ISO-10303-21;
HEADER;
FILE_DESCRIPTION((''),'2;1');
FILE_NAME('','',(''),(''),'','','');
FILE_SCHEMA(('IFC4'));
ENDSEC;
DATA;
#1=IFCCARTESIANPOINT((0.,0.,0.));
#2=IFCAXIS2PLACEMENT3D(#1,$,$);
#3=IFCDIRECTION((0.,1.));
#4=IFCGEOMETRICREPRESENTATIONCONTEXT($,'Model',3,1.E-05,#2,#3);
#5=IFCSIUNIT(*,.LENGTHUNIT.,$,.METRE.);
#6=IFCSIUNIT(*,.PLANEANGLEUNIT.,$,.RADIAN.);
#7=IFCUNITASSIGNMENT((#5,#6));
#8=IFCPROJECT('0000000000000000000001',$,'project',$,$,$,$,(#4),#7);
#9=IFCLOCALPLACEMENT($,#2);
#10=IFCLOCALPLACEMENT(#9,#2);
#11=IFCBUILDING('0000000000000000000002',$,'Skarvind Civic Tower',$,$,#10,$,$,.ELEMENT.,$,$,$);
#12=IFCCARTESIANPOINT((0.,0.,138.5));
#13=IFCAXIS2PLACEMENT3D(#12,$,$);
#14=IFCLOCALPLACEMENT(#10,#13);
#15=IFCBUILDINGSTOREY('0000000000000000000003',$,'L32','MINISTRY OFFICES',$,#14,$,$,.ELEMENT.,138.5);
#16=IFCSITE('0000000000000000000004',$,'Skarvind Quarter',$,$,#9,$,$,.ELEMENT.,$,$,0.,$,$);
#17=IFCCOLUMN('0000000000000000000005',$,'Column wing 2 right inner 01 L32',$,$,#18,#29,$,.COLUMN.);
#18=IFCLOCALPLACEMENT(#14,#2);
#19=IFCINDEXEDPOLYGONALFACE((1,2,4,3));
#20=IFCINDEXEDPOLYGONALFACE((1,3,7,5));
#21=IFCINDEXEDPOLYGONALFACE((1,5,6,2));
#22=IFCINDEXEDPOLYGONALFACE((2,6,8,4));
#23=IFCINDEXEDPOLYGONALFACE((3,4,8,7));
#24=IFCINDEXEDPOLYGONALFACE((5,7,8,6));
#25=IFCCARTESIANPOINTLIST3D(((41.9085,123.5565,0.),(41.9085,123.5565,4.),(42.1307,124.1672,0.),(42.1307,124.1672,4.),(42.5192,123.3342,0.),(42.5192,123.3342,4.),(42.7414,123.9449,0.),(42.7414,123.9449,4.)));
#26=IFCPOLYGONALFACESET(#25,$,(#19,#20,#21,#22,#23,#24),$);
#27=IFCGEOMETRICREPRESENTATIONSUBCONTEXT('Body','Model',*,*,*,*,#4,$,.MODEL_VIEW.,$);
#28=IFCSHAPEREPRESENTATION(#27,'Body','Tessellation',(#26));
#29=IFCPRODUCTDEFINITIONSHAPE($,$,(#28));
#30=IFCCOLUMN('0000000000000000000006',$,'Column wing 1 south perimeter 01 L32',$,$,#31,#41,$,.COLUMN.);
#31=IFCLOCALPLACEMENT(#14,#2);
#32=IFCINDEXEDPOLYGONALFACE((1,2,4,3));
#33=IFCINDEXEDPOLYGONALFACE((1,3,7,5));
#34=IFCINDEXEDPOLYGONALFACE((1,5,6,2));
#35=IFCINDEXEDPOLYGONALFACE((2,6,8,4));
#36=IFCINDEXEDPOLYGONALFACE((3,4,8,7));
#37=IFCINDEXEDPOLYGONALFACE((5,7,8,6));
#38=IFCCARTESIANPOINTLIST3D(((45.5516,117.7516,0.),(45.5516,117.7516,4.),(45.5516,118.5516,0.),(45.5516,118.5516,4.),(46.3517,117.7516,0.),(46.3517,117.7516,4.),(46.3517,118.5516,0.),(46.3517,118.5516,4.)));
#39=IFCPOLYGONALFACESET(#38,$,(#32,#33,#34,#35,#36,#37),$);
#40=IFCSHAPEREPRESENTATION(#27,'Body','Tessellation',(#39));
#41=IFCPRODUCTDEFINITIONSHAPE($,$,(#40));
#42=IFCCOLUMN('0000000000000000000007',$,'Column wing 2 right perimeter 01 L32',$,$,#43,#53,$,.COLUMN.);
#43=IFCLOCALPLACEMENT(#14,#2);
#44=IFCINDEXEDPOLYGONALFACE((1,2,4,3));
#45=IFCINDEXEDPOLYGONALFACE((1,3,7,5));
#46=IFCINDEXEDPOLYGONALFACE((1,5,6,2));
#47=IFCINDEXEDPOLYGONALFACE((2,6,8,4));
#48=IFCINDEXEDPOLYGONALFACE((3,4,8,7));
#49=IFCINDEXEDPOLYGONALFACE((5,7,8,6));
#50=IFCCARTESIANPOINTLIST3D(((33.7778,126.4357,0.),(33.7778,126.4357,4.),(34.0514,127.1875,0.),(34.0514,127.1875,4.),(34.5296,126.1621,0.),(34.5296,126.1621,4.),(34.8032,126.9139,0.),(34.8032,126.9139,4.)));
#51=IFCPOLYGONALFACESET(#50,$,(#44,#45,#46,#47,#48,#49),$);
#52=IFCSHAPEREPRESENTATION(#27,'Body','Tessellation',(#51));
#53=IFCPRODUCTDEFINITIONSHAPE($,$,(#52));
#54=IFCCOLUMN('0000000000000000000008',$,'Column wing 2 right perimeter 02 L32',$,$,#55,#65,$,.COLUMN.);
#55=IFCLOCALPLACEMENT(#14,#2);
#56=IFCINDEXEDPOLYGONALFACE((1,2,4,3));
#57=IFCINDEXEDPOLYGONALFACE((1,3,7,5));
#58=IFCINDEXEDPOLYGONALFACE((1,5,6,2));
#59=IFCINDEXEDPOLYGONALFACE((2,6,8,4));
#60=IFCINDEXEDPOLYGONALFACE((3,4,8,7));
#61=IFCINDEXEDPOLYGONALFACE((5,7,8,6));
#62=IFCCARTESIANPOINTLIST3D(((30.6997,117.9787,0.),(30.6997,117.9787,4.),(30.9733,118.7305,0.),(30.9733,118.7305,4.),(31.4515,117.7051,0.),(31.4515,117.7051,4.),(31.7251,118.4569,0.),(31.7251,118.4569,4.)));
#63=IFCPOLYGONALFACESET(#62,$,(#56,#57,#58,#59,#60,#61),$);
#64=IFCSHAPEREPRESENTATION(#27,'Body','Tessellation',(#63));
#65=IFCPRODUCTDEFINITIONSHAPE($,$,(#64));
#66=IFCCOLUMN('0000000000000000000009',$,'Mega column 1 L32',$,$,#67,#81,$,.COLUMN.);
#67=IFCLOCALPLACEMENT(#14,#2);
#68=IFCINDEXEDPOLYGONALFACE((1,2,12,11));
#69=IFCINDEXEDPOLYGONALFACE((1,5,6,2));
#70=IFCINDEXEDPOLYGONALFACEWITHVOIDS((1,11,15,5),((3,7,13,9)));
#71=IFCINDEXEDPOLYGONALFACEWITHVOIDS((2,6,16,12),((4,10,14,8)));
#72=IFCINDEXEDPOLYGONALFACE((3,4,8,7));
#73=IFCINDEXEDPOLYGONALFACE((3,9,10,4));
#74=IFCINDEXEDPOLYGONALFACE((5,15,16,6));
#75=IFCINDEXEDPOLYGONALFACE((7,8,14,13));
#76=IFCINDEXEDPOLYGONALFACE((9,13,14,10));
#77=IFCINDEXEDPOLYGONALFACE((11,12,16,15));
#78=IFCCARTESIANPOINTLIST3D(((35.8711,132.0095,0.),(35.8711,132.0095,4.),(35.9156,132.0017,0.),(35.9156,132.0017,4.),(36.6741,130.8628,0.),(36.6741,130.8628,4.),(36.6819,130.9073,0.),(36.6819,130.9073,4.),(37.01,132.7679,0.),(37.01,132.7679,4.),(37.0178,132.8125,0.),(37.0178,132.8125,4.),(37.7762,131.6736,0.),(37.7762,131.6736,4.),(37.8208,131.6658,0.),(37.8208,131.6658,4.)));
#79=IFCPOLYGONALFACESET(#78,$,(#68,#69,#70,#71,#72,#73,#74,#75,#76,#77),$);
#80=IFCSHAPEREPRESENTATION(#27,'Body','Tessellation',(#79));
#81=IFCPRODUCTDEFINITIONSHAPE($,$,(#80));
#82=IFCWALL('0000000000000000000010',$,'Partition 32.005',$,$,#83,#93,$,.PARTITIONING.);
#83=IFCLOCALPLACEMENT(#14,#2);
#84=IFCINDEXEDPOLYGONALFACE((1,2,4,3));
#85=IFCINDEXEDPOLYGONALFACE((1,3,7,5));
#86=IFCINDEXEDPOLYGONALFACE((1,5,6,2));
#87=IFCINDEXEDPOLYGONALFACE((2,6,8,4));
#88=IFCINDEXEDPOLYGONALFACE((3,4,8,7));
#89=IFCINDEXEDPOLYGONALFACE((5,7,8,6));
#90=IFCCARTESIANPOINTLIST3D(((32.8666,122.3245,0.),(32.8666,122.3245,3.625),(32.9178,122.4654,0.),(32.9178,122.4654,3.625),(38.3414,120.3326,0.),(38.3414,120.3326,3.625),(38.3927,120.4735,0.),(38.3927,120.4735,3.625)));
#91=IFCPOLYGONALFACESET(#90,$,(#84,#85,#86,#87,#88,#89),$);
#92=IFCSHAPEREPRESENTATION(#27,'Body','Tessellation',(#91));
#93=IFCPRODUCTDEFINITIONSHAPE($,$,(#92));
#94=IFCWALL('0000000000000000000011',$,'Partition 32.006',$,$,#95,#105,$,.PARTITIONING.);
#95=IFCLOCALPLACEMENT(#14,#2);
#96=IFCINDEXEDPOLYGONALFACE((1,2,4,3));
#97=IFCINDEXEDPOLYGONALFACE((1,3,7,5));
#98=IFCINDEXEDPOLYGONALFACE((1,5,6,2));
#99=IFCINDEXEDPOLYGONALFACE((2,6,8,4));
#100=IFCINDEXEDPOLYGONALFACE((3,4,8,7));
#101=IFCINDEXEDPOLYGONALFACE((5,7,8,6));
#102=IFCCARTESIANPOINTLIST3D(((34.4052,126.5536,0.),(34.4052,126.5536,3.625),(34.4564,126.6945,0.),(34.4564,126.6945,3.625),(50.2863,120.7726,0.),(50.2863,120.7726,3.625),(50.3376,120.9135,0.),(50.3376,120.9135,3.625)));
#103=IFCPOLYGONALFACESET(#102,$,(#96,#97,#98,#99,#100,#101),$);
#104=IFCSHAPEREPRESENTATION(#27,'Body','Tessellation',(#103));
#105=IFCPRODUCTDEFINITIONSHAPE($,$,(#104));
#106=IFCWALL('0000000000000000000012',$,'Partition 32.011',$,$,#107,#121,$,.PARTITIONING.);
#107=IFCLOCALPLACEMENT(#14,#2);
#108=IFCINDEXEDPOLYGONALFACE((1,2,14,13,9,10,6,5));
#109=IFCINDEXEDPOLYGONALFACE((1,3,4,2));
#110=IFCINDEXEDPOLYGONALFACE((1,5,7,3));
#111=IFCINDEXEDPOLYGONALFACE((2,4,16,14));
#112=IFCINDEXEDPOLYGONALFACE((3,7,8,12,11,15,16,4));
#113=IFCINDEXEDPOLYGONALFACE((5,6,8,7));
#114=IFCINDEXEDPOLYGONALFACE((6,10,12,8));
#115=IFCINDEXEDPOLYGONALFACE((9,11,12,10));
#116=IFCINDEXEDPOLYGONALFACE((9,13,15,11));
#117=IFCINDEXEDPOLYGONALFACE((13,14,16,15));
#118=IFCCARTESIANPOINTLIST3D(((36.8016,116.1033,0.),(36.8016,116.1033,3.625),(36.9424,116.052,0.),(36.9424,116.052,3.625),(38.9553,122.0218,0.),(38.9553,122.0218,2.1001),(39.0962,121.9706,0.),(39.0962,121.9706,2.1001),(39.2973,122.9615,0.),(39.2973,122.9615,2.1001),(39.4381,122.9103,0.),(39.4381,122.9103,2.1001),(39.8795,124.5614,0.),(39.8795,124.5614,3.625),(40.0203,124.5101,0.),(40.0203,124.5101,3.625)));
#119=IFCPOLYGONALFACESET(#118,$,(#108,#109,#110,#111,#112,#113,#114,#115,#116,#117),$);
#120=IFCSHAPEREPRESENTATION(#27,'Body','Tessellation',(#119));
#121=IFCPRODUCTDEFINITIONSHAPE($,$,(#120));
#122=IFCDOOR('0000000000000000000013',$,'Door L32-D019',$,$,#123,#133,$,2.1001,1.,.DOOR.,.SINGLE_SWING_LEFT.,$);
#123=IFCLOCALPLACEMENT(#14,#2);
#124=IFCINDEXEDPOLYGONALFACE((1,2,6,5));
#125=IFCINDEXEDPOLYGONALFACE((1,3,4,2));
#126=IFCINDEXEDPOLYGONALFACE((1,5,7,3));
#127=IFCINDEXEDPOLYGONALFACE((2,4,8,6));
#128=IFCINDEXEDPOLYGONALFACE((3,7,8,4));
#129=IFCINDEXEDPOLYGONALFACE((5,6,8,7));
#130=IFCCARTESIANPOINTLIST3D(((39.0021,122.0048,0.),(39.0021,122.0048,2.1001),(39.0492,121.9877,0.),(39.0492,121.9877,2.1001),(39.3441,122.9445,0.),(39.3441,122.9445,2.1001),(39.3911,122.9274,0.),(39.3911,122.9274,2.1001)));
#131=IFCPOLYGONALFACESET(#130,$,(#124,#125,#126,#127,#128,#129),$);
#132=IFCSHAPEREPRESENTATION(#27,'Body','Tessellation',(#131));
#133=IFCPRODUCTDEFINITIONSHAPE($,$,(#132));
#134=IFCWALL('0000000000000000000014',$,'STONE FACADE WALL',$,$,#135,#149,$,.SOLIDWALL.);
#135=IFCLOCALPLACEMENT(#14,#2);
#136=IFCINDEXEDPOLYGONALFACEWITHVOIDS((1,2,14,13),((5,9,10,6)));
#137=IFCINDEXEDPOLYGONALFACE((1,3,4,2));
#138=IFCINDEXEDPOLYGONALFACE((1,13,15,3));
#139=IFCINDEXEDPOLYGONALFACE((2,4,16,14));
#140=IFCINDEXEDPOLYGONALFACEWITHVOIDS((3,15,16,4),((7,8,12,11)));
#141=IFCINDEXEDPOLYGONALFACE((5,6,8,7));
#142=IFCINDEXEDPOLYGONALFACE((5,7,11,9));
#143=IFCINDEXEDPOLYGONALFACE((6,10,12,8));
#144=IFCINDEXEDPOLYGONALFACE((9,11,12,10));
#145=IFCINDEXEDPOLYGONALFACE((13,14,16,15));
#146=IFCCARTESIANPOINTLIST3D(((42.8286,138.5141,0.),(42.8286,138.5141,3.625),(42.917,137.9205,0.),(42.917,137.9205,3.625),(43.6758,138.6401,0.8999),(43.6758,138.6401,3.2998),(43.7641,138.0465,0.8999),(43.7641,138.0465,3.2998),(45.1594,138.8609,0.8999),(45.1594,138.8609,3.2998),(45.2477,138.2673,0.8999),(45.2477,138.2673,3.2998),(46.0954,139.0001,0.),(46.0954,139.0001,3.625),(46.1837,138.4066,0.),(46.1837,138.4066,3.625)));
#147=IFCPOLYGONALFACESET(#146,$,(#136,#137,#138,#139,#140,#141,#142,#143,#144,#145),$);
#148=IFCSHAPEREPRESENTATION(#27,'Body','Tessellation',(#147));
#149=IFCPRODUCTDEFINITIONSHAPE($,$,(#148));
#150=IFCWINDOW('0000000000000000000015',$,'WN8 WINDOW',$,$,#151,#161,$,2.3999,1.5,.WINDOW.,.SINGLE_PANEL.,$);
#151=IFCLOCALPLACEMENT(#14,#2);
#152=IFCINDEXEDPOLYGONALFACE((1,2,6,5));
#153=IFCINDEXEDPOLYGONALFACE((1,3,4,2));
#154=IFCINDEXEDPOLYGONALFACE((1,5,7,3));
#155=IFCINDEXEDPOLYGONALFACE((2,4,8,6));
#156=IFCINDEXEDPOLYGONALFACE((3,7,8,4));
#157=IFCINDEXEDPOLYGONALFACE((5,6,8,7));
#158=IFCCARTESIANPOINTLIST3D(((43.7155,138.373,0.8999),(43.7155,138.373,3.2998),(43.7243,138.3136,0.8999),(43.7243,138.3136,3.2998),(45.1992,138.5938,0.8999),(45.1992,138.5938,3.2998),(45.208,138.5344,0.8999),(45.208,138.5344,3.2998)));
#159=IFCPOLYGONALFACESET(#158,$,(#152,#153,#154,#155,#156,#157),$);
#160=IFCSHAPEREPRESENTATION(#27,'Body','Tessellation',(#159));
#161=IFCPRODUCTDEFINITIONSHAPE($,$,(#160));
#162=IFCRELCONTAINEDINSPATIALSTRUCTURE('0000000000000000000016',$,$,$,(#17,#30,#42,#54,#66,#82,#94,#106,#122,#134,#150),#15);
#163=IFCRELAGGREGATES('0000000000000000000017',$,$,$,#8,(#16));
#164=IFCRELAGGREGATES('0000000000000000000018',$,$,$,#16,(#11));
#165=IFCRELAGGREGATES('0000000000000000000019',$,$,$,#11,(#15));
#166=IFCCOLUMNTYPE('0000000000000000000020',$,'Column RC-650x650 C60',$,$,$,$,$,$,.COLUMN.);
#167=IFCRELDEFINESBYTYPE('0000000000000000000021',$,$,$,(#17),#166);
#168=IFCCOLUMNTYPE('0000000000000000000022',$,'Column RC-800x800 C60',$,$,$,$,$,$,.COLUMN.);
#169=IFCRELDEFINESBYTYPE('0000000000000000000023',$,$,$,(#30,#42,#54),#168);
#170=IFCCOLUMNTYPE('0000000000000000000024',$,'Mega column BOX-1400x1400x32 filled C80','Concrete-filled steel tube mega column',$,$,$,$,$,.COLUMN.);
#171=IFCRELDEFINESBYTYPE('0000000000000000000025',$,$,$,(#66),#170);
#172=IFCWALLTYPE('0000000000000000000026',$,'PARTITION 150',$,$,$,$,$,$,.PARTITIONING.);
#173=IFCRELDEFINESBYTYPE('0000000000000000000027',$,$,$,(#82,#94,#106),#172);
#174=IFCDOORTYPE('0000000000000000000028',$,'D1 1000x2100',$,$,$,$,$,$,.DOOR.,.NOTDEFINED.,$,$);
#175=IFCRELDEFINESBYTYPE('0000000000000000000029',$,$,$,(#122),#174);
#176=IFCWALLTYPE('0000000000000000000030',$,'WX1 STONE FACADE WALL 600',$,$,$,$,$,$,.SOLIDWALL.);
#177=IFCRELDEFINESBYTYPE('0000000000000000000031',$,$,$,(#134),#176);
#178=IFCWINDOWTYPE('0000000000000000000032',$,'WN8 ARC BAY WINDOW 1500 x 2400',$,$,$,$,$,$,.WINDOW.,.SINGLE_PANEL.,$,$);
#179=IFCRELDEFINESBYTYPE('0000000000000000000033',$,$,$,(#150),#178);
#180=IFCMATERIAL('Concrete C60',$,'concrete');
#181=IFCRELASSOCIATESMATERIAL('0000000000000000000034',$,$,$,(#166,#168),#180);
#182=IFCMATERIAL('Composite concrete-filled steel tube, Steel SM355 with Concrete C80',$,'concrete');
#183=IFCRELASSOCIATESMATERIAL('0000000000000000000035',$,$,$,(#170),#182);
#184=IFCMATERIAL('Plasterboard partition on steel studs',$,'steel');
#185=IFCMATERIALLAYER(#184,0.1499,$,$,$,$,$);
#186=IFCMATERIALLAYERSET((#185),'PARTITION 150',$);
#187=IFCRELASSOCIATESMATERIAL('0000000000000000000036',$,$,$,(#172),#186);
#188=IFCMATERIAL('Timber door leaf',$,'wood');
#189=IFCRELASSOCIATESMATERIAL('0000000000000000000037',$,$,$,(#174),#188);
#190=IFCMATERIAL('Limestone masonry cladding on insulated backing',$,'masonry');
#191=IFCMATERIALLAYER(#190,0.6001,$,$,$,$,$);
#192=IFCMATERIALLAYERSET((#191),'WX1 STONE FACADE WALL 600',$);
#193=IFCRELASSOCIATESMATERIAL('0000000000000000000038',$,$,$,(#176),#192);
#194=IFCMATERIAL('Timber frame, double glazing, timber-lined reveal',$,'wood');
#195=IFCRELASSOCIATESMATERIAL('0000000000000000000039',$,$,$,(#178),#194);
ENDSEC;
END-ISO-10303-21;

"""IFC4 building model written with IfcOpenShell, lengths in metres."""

from ifc_helpers import new_model, si_unit, direction, frame, frame_2d, origin, origin_2d, place, context, subcontext, project, spatial, rectangle, hollow_rectangle, extrude, material, layer, layer_set, material_profile, profile_set, type_object, element, fill, save


model = new_model("IFC4")

# Units and contexts
model_context = context("Model", 3, precision=1e-05, world=origin(), true_north=direction((0.0, 1.0)))
body_context = subcontext(model_context, "Body", "Model", "MODEL_VIEW")
ifc_project = project(units=[si_unit("LENGTHUNIT", "METRE"), si_unit("PLANEANGLEUNIT", "RADIAN")], contexts=[model_context])

# Site, building, storey
site_placement = place(None, origin())
site = spatial("IfcSite", under=ifc_project, at=site_placement, Name="Skarvind Quarter", CompositionType="ELEMENT", RefElevation=0.0)
building_placement = place(site_placement, origin())
building = spatial("IfcBuilding", under=site, at=building_placement, Name="Skarvind Civic Tower", CompositionType="ELEMENT")
storey_placement = place(building_placement, frame((0.0, 0.0, 138.5)))
storey = spatial("IfcBuildingStorey", under=building, at=storey_placement, Name="L32", Description="MINISTRY OFFICES", CompositionType="ELEMENT", Elevation=138.5)

# Columns
ifc_material_1 = material(Name="Concrete C60", Category="concrete")
ifc_material_profile_1 = material_profile(ifc_material_1, rectangle(XDim=0.6499, YDim=0.6499, at=origin_2d()), Name="RC-650x650")
ifc_profile_set_1 = profile_set([ifc_material_profile_1], Name="Concrete C60")
column_type_1 = type_object("IfcColumnType", Name="Column RC-650x650 C60", PredefinedType="COLUMN", material=ifc_profile_set_1)
column_1_placement = place(storey_placement, frame((42.325, 123.7507, 0.0), z_axis=(0.0, 0.0, 1.0), x_axis=(-0.34202, -0.939693, 0.0)))
element("IfcColumn", 1, at=column_1_placement, inside=storey, type_object=column_type_1, Name="Column wing 2 right inner 01 L32", PredefinedType="COLUMN", context=body_context, shape_type="SweptSolid", body=[
    extrude(rectangle(XDim=0.6499, YDim=0.6499, at=origin_2d()), origin(), (0.0, 0.0, 1.0), 4.0),
])
ifc_material_profile_2 = material_profile(ifc_material_1, rectangle(XDim=0.8, YDim=0.8, at=origin_2d()), Name="RC-800x800")
ifc_profile_set_2 = profile_set([ifc_material_profile_2], Name="Concrete C60")
column_type_2 = type_object("IfcColumnType", Name="Column RC-800x800 C60", PredefinedType="COLUMN", material=ifc_profile_set_2)
for number, where, z_axis, x_axis, name in (
    (2, (45.9517, 118.1516, 0.0), (0.0, 0.0, 1.0), (1.0, 0.0, 0.0), "Column wing 1 south perimeter 01 L32"),
    (3, (34.2905, 126.6748, 0.0), (0.0, 0.0, 1.0), (-0.34202, -0.939693, 0.0), "Column wing 2 right perimeter 01 L32"),
    (4, (31.2124, 118.2178, 0.0), (0.0, 0.0, 1.0), (-0.34202, -0.939693, 0.0), "Column wing 2 right perimeter 02 L32"),
):
    element("IfcColumn", number, at=place(storey_placement, frame(where, z_axis=z_axis, x_axis=x_axis)), inside=storey, type_object=column_type_2, Name=name, PredefinedType="COLUMN", context=body_context, shape_type="SweptSolid", body=[
        extrude(rectangle(XDim=0.8, YDim=0.8, at=origin_2d()), origin(), (0.0, 0.0, 1.0), 4.0),
    ])
ifc_material_2 = material(Name="Composite concrete-filled steel tube, Steel SM355 with Concrete C80", Category="concrete")
ifc_material_profile_3 = material_profile(ifc_material_2, hollow_rectangle(XDim=1.3999, YDim=1.3999, WallThickness=0.032, at=origin_2d()), Name="BOX-1400x1400x32")
ifc_profile_set_3 = profile_set([ifc_material_profile_3], Name="Composite concrete-filled steel tube, Steel SM355 with Concrete C80")
column_type_3 = type_object("IfcColumnType", Name="Mega column BOX-1400x1400x32 filled C80", Description="Concrete-filled steel tube mega column", PredefinedType="COLUMN", material=ifc_profile_set_3)
column_2_placement = place(storey_placement, frame((36.8459, 131.8376, 0.0), z_axis=(0.0, 0.0, 1.0), x_axis=(0.573576, -0.819152, 0.0)))
element("IfcColumn", 5, at=column_2_placement, inside=storey, type_object=column_type_3, Name="Mega column 1 L32", PredefinedType="COLUMN", context=body_context, shape_type="SweptSolid", body=[
    extrude(hollow_rectangle(XDim=1.3999, YDim=1.3999, WallThickness=0.032, at=origin_2d()), origin(), (0.0, 0.0, 1.0), 4.0),
])

# Walls
ifc_material_3 = material(Name="Plasterboard partition on steel studs", Category="steel")
ifc_layer_1 = layer(ifc_material_3, 0.1499)
ifc_layer_set_1 = layer_set([ifc_layer_1], Name="PARTITION 150")
wall_type_1 = type_object("IfcWallType", Name="PARTITION 150", PredefinedType="PARTITIONING", material=ifc_layer_set_1)
wall_1_placement = place(storey_placement, frame((32.8921, 122.395, 0.0), z_axis=(0.0, 0.0, 1.0), x_axis=(0.939733, -0.341908, 0.0)))
element("IfcWall", 6, at=wall_1_placement, inside=storey, type_object=wall_type_1, Name="Partition 32.005", PredefinedType="PARTITIONING", context=body_context, shape_type="SweptSolid", body=[
    extrude(rectangle(XDim=5.8259, YDim=0.1499, at=frame_2d((2.9131, 0.0))), origin(), (0.0, 0.0, 1.0), 3.625),
])
wall_2_placement = place(storey_placement, frame((34.4309, 126.624, 0.0), z_axis=(0.0, 0.0, 1.0), x_axis=(0.939678, -0.34206, 0.0)))
element("IfcWall", 7, at=wall_2_placement, inside=storey, type_object=wall_type_1, Name="Partition 32.006", PredefinedType="PARTITIONING", context=body_context, shape_type="SweptSolid", body=[
    extrude(rectangle(XDim=16.9006, YDim=0.1499, at=frame_2d((8.4502, 0.0))), origin(), (0.0, 0.0, 1.0), 3.625),
])

# Wall, opening, door
wall_3_placement = place(storey_placement, frame((39.95, 124.5359, 0.0), z_axis=(0.0, 0.0, 1.0), x_axis=(-0.341963, -0.939713, 0.0)))
wall_3 = element("IfcWall", 8, at=wall_3_placement, inside=storey, type_object=wall_type_1, Name="Partition 32.011", PredefinedType="PARTITIONING", context=body_context, shape_type="SweptSolid", body=[
    extrude(rectangle(XDim=9.0007, YDim=0.1499, at=frame_2d((4.5005, 0.0))), origin(), (0.0, 0.0, 1.0), 3.625),
])
opening_1_placement = place(wall_3_placement, frame((1.7026, 0.0, 0.0)))
opening_1 = element("IfcOpeningElement", 9, at=opening_1_placement, cuts=wall_3, PredefinedType="OPENING", context=body_context, shape_type="SweptSolid", body=[
    extrude(rectangle(XDim=1.0, YDim=2.1001, at=frame_2d((0.5, 1.05))), frame((0.0, 0.085, 0.0), z_axis=(0.0, -1.0, 0.0), x_axis=(1.0, 0.0, 0.0)), (0.0, 0.0, 1.0), 0.1699),
])
ifc_material_4 = material(Name="Timber door leaf", Category="wood")
door_type = type_object("IfcDoorType", Name="D1 1000x2100", OperationType="NOTDEFINED", PredefinedType="DOOR", material=ifc_material_4)
door_placement = place(opening_1_placement, origin())
door = element("IfcDoor", 10, at=door_placement, inside=storey, type_object=door_type, Name="Door L32-D019", OperationType="SINGLE_SWING_LEFT", OverallHeight=2.1001, OverallWidth=1.0, PredefinedType="DOOR", context=body_context, shape_type="SweptSolid", body=[
    extrude(rectangle(XDim=1.0, YDim=2.1001, at=frame_2d((0.5, 1.05))), frame((0.0, 0.0249, 0.0), z_axis=(0.0, -1.0, 0.0), x_axis=(1.0, 0.0, 0.0)), (0.0, 0.0, 1.0), 0.05),
])
fill(opening_1, door)

# Wall, opening, window
ifc_material_5 = material(Name="Limestone masonry cladding on insulated backing", Category="masonry")
ifc_layer_2 = layer(ifc_material_5, 0.6001)
ifc_layer_set_2 = layer_set([ifc_layer_2], Name="WX1 STONE FACADE WALL 600")
wall_type_2 = type_object("IfcWallType", Name="WX1 STONE FACADE WALL 600", PredefinedType="SOLIDWALL", material=ifc_layer_set_2)
wall_4_placement = place(storey_placement, frame((42.8728, 138.2173, 0.0), z_axis=(0.0, 0.0, 1.0), x_axis=(0.989111, 0.147173, 0.0)))
wall_4 = element("IfcWall", 11, at=wall_4_placement, inside=storey, type_object=wall_type_2, Name="STONE FACADE WALL", PredefinedType="SOLIDWALL", context=body_context, shape_type="SweptSolid", body=[
    extrude(rectangle(XDim=3.3027, YDim=0.6001, at=frame_2d((1.6514, 0.0))), origin(), (0.0, 0.0, 1.0), 3.625),
])
opening_2_placement = place(wall_4_placement, frame((0.8564, 0.0, 0.8999)))
opening_2 = element("IfcOpeningElement", 12, at=opening_2_placement, cuts=wall_4, PredefinedType="OPENING", context=body_context, shape_type="SweptSolid", body=[
    extrude(rectangle(XDim=1.5, YDim=2.3999, at=frame_2d((0.75, 1.2))), frame((0.0, 0.3101, 0.0), z_axis=(0.0, -1.0, 0.0), x_axis=(1.0, 0.0, 0.0)), (0.0, 0.0, 1.0), 0.6201),
])
ifc_material_6 = material(Name="Timber frame, double glazing, timber-lined reveal", Category="wood")
window_type = type_object("IfcWindowType", Name="WN8 ARC BAY WINDOW 1500 x 2400", PartitioningType="SINGLE_PANEL", PredefinedType="WINDOW", material=ifc_material_6)
window_1_placement = place(opening_2_placement, origin())
window_1 = element("IfcWindow", 13, at=window_1_placement, inside=storey, type_object=window_type, Name="WN8 WINDOW", OverallHeight=2.3999, OverallWidth=1.5, PartitioningType="SINGLE_PANEL", PredefinedType="WINDOW", context=body_context, shape_type="SweptSolid", body=[
    extrude(rectangle(XDim=1.5, YDim=2.3999, at=frame_2d((0.75, 1.2))), frame((0.0, 0.03, 0.0), z_axis=(0.0, -1.0, 0.0), x_axis=(1.0, 0.0, 0.0)), (0.0, 0.0, 1.0), 0.0601),
])
fill(opening_2, window_1)

save(model, "model.ifc")
